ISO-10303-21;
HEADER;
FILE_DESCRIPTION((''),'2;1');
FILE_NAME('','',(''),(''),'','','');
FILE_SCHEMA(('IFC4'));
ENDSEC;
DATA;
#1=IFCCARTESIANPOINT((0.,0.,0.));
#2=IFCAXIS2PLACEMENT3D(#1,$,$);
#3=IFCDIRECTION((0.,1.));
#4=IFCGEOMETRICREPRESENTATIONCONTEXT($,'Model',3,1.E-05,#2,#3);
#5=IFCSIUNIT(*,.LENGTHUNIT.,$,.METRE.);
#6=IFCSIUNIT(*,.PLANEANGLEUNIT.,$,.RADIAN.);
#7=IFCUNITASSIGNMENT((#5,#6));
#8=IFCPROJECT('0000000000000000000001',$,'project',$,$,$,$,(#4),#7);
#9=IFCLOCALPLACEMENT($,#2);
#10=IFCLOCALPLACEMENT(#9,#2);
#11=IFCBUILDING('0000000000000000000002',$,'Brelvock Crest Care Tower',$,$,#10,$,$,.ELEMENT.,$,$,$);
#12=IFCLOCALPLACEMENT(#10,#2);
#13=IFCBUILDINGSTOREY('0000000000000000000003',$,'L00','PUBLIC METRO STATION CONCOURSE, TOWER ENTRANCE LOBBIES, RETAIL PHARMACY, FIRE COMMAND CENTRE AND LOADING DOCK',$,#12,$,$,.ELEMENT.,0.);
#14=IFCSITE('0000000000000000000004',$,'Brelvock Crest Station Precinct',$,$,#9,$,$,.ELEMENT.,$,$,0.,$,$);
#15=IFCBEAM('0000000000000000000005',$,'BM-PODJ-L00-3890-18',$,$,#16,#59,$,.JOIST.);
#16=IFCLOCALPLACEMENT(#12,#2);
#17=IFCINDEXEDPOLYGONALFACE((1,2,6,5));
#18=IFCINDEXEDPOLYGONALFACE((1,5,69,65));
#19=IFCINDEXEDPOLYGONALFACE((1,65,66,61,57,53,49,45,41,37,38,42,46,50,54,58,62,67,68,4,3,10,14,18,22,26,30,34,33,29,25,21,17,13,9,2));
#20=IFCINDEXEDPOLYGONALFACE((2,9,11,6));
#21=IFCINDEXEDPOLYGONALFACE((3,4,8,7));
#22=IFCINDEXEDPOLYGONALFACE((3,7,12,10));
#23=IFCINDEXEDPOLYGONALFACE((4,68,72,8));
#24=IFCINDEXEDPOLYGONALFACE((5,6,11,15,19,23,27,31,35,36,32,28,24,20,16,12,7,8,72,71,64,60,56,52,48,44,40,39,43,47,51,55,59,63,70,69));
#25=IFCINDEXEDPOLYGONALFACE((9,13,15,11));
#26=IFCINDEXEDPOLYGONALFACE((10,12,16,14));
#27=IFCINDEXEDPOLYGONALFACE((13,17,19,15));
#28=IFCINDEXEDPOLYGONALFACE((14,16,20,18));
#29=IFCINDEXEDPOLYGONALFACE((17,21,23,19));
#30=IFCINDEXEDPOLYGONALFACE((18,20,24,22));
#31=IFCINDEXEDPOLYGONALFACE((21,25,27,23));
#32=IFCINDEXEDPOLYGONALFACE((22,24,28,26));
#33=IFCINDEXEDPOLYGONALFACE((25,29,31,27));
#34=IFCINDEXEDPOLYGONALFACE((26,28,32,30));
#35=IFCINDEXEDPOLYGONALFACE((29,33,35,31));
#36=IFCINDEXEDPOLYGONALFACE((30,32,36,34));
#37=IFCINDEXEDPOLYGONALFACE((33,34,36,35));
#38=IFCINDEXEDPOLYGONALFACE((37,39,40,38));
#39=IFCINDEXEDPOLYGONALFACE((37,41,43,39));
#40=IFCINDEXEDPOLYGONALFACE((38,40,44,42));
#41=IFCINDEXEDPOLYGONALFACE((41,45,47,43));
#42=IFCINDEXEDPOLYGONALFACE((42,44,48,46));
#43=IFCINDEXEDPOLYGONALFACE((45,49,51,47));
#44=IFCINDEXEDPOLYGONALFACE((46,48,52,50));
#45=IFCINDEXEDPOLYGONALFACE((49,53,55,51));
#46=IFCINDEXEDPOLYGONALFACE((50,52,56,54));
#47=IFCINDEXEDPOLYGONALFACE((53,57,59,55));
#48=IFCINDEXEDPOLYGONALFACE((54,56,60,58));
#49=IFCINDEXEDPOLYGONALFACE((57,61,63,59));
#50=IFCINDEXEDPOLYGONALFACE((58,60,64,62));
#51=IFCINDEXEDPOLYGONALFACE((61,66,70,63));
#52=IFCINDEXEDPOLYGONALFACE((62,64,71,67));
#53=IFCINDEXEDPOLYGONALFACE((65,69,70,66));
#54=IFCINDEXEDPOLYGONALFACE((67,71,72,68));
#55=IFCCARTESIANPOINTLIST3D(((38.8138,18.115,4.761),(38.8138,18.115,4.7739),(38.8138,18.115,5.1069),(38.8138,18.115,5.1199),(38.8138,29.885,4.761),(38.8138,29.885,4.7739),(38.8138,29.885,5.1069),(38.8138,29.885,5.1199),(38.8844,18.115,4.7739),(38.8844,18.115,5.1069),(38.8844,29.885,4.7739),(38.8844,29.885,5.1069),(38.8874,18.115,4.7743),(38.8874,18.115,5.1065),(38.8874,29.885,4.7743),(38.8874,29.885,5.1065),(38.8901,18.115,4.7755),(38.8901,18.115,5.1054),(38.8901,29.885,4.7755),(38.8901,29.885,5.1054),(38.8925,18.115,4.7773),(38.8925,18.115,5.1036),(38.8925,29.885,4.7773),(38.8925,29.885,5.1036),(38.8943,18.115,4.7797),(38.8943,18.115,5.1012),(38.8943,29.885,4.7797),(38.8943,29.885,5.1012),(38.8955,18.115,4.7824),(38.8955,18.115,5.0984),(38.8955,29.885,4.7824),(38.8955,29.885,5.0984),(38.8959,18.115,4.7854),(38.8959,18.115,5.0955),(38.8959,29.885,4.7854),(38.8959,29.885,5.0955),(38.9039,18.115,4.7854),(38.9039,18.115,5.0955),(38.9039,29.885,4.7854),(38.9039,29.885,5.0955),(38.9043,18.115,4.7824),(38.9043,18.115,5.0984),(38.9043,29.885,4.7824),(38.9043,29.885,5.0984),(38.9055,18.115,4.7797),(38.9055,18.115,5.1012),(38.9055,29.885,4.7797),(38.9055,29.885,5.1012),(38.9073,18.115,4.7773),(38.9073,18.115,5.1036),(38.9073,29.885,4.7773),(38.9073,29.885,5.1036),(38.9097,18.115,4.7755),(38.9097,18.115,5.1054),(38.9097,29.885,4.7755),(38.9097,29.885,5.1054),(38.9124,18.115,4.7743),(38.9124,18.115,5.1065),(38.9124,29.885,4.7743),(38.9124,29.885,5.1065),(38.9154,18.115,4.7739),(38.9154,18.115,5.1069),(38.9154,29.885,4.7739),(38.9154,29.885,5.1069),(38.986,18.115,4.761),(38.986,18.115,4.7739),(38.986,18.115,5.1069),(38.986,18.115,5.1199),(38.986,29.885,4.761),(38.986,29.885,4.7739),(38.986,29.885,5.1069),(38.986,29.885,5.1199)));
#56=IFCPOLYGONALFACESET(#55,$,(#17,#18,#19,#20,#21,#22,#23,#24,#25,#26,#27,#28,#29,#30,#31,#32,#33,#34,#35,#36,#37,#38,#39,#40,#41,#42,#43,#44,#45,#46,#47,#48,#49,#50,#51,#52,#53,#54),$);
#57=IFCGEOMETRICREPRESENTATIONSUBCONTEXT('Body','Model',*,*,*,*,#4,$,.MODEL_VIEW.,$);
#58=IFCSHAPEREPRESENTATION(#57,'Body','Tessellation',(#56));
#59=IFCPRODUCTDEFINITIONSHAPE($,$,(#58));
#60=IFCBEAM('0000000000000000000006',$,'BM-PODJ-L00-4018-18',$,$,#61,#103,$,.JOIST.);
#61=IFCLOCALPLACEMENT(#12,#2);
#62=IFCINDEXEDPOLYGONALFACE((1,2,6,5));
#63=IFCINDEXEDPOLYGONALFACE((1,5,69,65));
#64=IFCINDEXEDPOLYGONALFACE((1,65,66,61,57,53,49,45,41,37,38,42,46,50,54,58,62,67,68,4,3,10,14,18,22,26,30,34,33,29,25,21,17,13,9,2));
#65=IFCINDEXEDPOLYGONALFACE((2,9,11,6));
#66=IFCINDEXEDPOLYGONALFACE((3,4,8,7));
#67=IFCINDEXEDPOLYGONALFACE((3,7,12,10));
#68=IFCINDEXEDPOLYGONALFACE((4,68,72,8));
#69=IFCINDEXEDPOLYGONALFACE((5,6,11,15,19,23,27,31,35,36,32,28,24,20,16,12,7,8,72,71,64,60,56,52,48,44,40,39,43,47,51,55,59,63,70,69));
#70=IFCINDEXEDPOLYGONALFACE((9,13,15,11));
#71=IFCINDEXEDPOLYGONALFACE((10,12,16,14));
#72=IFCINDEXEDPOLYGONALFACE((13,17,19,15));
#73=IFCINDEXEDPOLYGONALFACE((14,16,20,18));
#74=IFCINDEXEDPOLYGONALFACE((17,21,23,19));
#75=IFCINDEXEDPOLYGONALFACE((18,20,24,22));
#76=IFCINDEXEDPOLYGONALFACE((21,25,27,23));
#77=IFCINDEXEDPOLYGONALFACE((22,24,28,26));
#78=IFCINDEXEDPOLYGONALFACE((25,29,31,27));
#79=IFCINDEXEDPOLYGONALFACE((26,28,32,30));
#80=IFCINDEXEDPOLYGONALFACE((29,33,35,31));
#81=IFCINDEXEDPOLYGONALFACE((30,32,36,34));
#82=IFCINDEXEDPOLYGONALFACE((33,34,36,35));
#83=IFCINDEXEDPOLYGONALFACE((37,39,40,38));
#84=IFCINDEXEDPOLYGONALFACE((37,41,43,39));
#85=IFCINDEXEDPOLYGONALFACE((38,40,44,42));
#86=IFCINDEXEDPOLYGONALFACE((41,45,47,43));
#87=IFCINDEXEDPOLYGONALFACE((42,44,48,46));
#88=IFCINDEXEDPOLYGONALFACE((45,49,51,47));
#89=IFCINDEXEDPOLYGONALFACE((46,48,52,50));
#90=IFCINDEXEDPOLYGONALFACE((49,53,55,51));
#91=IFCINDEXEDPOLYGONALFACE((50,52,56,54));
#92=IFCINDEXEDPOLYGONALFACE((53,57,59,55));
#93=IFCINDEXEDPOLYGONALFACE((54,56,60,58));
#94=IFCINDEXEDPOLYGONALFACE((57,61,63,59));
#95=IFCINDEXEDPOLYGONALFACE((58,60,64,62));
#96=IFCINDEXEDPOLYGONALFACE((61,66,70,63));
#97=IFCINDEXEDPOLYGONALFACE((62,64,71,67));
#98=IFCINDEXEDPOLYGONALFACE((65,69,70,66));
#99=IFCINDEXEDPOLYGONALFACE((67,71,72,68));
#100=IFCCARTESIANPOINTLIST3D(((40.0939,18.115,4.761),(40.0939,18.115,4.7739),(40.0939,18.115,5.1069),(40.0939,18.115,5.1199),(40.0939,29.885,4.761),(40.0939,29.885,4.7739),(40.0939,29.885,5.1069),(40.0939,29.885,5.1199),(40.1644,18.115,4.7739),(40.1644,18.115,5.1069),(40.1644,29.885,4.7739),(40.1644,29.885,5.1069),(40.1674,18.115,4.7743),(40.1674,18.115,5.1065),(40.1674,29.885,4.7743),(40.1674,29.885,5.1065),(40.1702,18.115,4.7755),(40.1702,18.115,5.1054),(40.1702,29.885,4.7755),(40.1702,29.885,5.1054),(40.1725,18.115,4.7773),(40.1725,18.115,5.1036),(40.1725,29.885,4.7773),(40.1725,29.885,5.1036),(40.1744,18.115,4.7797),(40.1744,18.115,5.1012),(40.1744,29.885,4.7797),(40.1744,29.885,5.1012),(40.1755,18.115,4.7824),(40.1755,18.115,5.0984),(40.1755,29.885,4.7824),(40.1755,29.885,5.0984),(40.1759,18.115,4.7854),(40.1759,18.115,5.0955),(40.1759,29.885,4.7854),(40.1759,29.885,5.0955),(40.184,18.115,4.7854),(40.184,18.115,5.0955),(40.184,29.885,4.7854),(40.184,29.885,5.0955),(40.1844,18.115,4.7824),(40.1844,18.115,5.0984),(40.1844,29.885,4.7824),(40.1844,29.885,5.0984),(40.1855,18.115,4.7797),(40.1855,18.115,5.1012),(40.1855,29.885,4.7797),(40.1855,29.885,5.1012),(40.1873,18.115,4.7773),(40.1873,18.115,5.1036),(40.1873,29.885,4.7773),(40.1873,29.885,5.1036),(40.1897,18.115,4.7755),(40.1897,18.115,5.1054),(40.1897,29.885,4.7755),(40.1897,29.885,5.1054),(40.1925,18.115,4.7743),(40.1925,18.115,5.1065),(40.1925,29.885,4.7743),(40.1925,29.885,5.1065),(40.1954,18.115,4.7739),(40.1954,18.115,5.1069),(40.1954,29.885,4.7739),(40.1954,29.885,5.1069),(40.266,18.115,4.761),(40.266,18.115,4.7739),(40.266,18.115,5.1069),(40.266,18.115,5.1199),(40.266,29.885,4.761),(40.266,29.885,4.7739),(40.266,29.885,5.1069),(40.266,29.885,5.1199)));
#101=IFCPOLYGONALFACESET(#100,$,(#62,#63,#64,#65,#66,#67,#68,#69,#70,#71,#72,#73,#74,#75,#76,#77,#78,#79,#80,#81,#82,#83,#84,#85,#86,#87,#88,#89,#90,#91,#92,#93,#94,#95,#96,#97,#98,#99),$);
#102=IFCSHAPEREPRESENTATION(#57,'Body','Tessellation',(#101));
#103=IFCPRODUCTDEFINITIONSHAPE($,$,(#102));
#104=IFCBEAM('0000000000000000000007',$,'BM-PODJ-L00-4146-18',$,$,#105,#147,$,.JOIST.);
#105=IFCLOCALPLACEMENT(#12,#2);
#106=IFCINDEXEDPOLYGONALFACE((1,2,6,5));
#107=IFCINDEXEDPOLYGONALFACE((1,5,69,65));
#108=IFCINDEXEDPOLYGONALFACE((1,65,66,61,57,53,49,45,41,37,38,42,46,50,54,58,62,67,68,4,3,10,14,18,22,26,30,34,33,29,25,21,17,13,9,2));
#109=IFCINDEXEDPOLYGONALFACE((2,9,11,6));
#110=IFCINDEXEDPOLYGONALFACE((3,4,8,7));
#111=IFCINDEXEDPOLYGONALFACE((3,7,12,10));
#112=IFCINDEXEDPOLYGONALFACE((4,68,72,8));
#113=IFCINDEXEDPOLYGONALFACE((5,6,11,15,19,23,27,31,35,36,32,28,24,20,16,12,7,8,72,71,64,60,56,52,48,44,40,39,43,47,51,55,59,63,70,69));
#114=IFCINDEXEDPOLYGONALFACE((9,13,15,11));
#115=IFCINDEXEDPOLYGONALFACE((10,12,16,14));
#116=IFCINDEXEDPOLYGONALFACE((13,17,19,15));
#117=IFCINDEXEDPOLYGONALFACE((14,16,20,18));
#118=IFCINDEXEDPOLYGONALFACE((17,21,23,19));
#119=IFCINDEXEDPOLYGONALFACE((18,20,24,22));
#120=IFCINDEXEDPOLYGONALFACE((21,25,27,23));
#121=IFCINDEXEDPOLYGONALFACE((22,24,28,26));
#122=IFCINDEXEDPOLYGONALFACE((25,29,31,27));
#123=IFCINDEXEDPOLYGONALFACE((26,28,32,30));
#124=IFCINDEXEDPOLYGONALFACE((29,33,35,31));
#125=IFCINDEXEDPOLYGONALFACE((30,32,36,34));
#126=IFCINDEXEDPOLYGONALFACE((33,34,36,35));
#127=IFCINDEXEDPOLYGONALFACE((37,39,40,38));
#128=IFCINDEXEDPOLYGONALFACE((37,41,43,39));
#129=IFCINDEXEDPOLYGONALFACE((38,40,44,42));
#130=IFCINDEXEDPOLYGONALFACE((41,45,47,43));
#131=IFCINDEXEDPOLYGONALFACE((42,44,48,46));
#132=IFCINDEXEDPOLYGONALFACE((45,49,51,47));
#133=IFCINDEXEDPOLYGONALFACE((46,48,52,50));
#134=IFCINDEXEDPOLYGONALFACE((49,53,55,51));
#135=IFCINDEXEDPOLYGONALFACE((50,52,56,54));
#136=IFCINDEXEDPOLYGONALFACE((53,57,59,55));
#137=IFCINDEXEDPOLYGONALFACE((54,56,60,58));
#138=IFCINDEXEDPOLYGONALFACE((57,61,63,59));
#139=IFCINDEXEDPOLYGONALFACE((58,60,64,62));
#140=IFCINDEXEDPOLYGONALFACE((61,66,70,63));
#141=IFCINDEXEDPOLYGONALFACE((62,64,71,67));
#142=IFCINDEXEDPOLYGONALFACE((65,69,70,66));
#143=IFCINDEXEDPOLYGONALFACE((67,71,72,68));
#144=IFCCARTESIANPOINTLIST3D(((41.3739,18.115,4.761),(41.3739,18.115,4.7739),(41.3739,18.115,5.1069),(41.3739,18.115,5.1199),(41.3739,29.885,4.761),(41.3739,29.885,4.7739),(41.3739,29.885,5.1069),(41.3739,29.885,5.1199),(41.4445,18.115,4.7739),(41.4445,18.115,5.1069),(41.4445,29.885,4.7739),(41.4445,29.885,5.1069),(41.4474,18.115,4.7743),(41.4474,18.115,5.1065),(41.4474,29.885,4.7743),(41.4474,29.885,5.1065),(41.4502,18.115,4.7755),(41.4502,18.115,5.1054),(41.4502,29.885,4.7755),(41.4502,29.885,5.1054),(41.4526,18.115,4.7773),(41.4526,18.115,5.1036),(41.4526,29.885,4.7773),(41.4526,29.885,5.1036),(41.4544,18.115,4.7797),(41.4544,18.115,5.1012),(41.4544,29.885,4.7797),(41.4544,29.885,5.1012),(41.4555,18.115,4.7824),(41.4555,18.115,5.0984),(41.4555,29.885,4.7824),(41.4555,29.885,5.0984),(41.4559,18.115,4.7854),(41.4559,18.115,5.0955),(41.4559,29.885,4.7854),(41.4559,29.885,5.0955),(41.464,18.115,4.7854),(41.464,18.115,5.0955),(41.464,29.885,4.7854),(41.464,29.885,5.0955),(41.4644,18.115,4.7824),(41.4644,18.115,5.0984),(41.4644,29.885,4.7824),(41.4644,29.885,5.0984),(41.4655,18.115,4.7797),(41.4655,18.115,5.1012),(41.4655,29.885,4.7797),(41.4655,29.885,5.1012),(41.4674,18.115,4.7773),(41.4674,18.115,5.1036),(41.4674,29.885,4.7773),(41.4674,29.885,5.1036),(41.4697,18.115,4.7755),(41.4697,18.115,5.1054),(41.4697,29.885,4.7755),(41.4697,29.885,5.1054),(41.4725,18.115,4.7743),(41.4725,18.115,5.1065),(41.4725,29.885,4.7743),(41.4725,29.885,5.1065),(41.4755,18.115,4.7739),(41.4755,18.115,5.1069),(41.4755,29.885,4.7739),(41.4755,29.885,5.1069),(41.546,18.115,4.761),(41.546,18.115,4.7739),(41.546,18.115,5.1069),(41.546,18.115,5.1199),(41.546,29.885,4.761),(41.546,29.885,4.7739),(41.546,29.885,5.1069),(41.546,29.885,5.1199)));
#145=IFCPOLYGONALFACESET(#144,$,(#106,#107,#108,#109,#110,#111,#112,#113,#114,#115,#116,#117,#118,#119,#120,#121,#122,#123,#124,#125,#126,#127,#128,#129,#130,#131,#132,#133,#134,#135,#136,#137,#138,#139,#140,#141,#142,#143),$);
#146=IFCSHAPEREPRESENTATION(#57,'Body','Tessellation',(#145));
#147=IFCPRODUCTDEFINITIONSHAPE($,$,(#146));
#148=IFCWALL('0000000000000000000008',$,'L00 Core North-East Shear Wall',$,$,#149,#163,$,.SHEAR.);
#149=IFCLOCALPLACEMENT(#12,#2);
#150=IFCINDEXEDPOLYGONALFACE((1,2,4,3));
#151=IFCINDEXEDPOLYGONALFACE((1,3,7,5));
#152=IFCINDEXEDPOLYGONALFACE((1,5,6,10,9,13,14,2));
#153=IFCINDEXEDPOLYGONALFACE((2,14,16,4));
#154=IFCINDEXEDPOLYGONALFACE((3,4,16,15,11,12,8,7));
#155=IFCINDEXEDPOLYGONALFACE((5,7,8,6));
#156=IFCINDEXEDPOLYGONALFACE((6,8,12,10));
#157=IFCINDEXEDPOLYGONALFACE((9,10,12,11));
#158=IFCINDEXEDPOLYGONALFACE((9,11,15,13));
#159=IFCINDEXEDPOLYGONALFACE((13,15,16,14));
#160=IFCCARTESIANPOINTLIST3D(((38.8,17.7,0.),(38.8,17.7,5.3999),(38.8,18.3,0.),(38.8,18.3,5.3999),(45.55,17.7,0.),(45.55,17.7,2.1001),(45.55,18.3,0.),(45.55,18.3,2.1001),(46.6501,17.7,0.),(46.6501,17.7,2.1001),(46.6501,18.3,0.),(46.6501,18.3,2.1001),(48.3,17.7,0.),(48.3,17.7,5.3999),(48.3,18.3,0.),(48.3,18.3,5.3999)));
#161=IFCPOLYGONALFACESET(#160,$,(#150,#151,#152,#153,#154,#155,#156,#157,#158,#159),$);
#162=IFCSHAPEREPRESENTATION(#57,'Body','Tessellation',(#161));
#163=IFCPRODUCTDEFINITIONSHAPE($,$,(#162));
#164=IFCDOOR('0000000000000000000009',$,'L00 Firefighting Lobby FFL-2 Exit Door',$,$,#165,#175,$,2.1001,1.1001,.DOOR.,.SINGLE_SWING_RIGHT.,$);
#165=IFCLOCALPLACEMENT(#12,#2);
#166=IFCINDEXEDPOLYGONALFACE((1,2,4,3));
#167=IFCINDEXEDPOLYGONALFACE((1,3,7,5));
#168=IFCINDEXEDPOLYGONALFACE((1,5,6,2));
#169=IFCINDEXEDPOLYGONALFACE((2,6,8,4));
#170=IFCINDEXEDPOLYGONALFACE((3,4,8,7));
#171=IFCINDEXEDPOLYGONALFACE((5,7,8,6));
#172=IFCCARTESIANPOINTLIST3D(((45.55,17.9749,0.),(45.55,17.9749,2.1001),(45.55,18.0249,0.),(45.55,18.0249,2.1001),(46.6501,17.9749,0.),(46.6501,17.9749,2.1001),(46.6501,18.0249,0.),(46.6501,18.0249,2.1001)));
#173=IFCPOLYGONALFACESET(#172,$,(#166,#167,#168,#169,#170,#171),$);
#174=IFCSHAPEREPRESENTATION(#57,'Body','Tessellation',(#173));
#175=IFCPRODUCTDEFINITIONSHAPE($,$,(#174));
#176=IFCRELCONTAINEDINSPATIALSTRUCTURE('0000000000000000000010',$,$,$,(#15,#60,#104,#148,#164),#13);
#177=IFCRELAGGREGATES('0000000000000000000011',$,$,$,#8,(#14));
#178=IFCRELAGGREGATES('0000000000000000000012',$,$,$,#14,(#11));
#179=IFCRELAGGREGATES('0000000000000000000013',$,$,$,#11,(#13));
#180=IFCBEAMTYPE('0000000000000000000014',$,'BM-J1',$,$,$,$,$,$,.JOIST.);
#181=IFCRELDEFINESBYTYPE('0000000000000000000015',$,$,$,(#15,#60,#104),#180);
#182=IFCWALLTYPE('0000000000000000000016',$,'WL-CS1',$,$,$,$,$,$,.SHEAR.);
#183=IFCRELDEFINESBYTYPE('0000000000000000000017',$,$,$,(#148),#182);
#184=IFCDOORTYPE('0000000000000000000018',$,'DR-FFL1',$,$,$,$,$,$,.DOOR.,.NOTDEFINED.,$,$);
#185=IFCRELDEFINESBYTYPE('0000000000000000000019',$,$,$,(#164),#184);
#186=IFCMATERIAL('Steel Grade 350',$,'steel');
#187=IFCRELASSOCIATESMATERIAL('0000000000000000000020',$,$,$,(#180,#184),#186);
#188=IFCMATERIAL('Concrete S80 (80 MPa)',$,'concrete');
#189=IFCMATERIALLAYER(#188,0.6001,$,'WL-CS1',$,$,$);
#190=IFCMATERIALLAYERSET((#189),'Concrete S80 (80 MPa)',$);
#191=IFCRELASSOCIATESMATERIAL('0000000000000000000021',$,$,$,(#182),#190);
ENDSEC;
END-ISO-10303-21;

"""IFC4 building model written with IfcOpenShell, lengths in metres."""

from ifc_helpers import new_model, si_unit, direction, frame, frame_2d, origin, origin_2d, place, context, subcontext, project, spatial, rectangle, i_section, extrude, source, transform, mapped, material, layer, layer_set, material_profile, profile_set, type_object, element, fill, save


model = new_model("IFC4")

# Units and contexts
model_context = context("Model", 3, precision=1e-05, world=origin(), true_north=direction((0.0, 1.0)))
body_context = subcontext(model_context, "Body", "Model", "MODEL_VIEW")
ifc_project = project(units=[si_unit("LENGTHUNIT", "METRE"), si_unit("PLANEANGLEUNIT", "RADIAN")], contexts=[model_context])

# Site, building, storey
site_placement = place(None, origin())
site = spatial("IfcSite", under=ifc_project, at=site_placement, Name="Brelvock Crest Station Precinct", CompositionType="ELEMENT", RefElevation=0.0)
building_placement = place(site_placement, origin())
building = spatial("IfcBuilding", under=site, at=building_placement, Name="Brelvock Crest Care Tower", CompositionType="ELEMENT")
storey_placement = place(building_placement, origin())
storey = spatial("IfcBuildingStorey", under=building, at=storey_placement, Name="L00", Description="PUBLIC METRO STATION CONCOURSE, TOWER ENTRANCE LOBBIES, RETAIL PHARMACY, FIRE COMMAND CENTRE AND LOADING DOCK", CompositionType="ELEMENT", Elevation=0.0)

# Shared definitions
ifc_material_1 = material(Name="Concrete S80 (80 MPa)", Category="concrete")

# Beams
ifc_material_2 = material(Name="Steel Grade 350", Category="steel")
ifc_material_profile_1 = material_profile(ifc_material_2, i_section(OverallWidth=0.1721, OverallDepth=0.3589, WebThickness=0.0081, FlangeThickness=0.0129, FilletRadius=0.0115, at=origin_2d()), Name="360UB56.7")
ifc_profile_set_1 = profile_set([ifc_material_profile_1], Name="Steel Grade 350")
beam_type_1 = type_object("IfcBeamType", Name="BM-J1", PredefinedType="JOIST", material=ifc_profile_set_1)
shared_shape_1 = source(origin(), body_context, "Body", "SweptSolid", [
    extrude(i_section(OverallWidth=0.1721, OverallDepth=0.3589, WebThickness=0.0081, FlangeThickness=0.0129, FilletRadius=0.0115, at=origin_2d()), origin(), (0.0, 0.0, 1.0), 11.77),
])
for number, where, z_axis, x_axis, name in (
    (1, (38.8999, 18.115, 4.9404), (0.0, 1.0, 0.0), (-1.0, 0.0, 0.0), "BM-PODJ-L00-3890-18"),
    (2, (40.1799, 18.115, 4.9404), (0.0, 1.0, 0.0), (-1.0, 0.0, 0.0), "BM-PODJ-L00-4018-18"),
    (3, (41.46, 18.115, 4.9404), (0.0, 1.0, 0.0), (-1.0, 0.0, 0.0), "BM-PODJ-L00-4146-18"),
):
    element("IfcBeam", number, at=place(storey_placement, frame(where, z_axis=z_axis, x_axis=x_axis)), inside=storey, type_object=beam_type_1, Name=name, PredefinedType="JOIST", context=body_context, shape_type="MappedRepresentation", body=[
        mapped(shared_shape_1, transform((0.0, 0.0, 0.0), x_axis=(1.0, 0.0, 0.0), y_axis=(0.0, 1.0, 0.0), z_axis=(0.0, 0.0, 1.0), scale=1.0)),
    ])

# Wall, opening, door
ifc_layer_1 = layer(ifc_material_1, 0.6001, Name="WL-CS1")
ifc_layer_set_1 = layer_set([ifc_layer_1], Name="Concrete S80 (80 MPa)")
wall_type_1 = type_object("IfcWallType", Name="WL-CS1", PredefinedType="SHEAR", material=ifc_layer_set_1)
wall_1_placement = place(storey_placement, frame((38.8, 18.0, 0.0), z_axis=(0.0, 0.0, 1.0), x_axis=(1.0, 0.0, 0.0)))
wall_1 = element("IfcWall", 4, at=wall_1_placement, inside=storey, type_object=wall_type_1, Name="L00 Core North-East Shear Wall", PredefinedType="SHEAR", context=body_context, shape_type="SweptSolid", body=[
    extrude(rectangle(XDim=9.5, YDim=0.6001, at=frame_2d((4.75, 0.0))), origin(), (0.0, 0.0, 1.0), 5.3999),
])
opening_1_placement = place(wall_1_placement, frame((6.75, 0.0, 0.0)))
opening_1 = element("IfcOpeningElement", 5, at=opening_1_placement, cuts=wall_1, PredefinedType="OPENING", context=body_context, shape_type="SweptSolid", body=[
    extrude(rectangle(XDim=1.1001, YDim=2.1001, at=origin_2d()), frame((0.55, 0.3101, 1.05), z_axis=(0.0, -1.0, 0.0), x_axis=(1.0, 0.0, 0.0)), (0.0, 0.0, 1.0), 0.6201),
])
door_type_1 = type_object("IfcDoorType", Name="DR-FFL1", OperationType="NOTDEFINED", PredefinedType="DOOR", material=ifc_material_2)
shared_shape_2 = source(origin(), body_context, "Body", "SweptSolid", [
    extrude(rectangle(XDim=1.1001, YDim=2.1001, at=origin_2d()), frame((0.55, 0.0249, 1.05), z_axis=(0.0, -1.0, 0.0), x_axis=(1.0, 0.0, 0.0)), (0.0, 0.0, 1.0), 0.05),
])
door_1_placement = place(opening_1_placement, origin())
door_1 = element("IfcDoor", 6, at=door_1_placement, inside=storey, type_object=door_type_1, Name="L00 Firefighting Lobby FFL-2 Exit Door", OperationType="SINGLE_SWING_RIGHT", OverallHeight=2.1001, OverallWidth=1.1001, PredefinedType="DOOR", context=body_context, shape_type="MappedRepresentation", body=[
    mapped(shared_shape_2, transform((0.0, 0.0, 0.0), x_axis=(1.0, 0.0, 0.0), y_axis=(0.0, 1.0, 0.0), z_axis=(0.0, 0.0, 1.0), scale=1.0)),
])
fill(opening_1, door_1)

save(model, "model.ifc")
